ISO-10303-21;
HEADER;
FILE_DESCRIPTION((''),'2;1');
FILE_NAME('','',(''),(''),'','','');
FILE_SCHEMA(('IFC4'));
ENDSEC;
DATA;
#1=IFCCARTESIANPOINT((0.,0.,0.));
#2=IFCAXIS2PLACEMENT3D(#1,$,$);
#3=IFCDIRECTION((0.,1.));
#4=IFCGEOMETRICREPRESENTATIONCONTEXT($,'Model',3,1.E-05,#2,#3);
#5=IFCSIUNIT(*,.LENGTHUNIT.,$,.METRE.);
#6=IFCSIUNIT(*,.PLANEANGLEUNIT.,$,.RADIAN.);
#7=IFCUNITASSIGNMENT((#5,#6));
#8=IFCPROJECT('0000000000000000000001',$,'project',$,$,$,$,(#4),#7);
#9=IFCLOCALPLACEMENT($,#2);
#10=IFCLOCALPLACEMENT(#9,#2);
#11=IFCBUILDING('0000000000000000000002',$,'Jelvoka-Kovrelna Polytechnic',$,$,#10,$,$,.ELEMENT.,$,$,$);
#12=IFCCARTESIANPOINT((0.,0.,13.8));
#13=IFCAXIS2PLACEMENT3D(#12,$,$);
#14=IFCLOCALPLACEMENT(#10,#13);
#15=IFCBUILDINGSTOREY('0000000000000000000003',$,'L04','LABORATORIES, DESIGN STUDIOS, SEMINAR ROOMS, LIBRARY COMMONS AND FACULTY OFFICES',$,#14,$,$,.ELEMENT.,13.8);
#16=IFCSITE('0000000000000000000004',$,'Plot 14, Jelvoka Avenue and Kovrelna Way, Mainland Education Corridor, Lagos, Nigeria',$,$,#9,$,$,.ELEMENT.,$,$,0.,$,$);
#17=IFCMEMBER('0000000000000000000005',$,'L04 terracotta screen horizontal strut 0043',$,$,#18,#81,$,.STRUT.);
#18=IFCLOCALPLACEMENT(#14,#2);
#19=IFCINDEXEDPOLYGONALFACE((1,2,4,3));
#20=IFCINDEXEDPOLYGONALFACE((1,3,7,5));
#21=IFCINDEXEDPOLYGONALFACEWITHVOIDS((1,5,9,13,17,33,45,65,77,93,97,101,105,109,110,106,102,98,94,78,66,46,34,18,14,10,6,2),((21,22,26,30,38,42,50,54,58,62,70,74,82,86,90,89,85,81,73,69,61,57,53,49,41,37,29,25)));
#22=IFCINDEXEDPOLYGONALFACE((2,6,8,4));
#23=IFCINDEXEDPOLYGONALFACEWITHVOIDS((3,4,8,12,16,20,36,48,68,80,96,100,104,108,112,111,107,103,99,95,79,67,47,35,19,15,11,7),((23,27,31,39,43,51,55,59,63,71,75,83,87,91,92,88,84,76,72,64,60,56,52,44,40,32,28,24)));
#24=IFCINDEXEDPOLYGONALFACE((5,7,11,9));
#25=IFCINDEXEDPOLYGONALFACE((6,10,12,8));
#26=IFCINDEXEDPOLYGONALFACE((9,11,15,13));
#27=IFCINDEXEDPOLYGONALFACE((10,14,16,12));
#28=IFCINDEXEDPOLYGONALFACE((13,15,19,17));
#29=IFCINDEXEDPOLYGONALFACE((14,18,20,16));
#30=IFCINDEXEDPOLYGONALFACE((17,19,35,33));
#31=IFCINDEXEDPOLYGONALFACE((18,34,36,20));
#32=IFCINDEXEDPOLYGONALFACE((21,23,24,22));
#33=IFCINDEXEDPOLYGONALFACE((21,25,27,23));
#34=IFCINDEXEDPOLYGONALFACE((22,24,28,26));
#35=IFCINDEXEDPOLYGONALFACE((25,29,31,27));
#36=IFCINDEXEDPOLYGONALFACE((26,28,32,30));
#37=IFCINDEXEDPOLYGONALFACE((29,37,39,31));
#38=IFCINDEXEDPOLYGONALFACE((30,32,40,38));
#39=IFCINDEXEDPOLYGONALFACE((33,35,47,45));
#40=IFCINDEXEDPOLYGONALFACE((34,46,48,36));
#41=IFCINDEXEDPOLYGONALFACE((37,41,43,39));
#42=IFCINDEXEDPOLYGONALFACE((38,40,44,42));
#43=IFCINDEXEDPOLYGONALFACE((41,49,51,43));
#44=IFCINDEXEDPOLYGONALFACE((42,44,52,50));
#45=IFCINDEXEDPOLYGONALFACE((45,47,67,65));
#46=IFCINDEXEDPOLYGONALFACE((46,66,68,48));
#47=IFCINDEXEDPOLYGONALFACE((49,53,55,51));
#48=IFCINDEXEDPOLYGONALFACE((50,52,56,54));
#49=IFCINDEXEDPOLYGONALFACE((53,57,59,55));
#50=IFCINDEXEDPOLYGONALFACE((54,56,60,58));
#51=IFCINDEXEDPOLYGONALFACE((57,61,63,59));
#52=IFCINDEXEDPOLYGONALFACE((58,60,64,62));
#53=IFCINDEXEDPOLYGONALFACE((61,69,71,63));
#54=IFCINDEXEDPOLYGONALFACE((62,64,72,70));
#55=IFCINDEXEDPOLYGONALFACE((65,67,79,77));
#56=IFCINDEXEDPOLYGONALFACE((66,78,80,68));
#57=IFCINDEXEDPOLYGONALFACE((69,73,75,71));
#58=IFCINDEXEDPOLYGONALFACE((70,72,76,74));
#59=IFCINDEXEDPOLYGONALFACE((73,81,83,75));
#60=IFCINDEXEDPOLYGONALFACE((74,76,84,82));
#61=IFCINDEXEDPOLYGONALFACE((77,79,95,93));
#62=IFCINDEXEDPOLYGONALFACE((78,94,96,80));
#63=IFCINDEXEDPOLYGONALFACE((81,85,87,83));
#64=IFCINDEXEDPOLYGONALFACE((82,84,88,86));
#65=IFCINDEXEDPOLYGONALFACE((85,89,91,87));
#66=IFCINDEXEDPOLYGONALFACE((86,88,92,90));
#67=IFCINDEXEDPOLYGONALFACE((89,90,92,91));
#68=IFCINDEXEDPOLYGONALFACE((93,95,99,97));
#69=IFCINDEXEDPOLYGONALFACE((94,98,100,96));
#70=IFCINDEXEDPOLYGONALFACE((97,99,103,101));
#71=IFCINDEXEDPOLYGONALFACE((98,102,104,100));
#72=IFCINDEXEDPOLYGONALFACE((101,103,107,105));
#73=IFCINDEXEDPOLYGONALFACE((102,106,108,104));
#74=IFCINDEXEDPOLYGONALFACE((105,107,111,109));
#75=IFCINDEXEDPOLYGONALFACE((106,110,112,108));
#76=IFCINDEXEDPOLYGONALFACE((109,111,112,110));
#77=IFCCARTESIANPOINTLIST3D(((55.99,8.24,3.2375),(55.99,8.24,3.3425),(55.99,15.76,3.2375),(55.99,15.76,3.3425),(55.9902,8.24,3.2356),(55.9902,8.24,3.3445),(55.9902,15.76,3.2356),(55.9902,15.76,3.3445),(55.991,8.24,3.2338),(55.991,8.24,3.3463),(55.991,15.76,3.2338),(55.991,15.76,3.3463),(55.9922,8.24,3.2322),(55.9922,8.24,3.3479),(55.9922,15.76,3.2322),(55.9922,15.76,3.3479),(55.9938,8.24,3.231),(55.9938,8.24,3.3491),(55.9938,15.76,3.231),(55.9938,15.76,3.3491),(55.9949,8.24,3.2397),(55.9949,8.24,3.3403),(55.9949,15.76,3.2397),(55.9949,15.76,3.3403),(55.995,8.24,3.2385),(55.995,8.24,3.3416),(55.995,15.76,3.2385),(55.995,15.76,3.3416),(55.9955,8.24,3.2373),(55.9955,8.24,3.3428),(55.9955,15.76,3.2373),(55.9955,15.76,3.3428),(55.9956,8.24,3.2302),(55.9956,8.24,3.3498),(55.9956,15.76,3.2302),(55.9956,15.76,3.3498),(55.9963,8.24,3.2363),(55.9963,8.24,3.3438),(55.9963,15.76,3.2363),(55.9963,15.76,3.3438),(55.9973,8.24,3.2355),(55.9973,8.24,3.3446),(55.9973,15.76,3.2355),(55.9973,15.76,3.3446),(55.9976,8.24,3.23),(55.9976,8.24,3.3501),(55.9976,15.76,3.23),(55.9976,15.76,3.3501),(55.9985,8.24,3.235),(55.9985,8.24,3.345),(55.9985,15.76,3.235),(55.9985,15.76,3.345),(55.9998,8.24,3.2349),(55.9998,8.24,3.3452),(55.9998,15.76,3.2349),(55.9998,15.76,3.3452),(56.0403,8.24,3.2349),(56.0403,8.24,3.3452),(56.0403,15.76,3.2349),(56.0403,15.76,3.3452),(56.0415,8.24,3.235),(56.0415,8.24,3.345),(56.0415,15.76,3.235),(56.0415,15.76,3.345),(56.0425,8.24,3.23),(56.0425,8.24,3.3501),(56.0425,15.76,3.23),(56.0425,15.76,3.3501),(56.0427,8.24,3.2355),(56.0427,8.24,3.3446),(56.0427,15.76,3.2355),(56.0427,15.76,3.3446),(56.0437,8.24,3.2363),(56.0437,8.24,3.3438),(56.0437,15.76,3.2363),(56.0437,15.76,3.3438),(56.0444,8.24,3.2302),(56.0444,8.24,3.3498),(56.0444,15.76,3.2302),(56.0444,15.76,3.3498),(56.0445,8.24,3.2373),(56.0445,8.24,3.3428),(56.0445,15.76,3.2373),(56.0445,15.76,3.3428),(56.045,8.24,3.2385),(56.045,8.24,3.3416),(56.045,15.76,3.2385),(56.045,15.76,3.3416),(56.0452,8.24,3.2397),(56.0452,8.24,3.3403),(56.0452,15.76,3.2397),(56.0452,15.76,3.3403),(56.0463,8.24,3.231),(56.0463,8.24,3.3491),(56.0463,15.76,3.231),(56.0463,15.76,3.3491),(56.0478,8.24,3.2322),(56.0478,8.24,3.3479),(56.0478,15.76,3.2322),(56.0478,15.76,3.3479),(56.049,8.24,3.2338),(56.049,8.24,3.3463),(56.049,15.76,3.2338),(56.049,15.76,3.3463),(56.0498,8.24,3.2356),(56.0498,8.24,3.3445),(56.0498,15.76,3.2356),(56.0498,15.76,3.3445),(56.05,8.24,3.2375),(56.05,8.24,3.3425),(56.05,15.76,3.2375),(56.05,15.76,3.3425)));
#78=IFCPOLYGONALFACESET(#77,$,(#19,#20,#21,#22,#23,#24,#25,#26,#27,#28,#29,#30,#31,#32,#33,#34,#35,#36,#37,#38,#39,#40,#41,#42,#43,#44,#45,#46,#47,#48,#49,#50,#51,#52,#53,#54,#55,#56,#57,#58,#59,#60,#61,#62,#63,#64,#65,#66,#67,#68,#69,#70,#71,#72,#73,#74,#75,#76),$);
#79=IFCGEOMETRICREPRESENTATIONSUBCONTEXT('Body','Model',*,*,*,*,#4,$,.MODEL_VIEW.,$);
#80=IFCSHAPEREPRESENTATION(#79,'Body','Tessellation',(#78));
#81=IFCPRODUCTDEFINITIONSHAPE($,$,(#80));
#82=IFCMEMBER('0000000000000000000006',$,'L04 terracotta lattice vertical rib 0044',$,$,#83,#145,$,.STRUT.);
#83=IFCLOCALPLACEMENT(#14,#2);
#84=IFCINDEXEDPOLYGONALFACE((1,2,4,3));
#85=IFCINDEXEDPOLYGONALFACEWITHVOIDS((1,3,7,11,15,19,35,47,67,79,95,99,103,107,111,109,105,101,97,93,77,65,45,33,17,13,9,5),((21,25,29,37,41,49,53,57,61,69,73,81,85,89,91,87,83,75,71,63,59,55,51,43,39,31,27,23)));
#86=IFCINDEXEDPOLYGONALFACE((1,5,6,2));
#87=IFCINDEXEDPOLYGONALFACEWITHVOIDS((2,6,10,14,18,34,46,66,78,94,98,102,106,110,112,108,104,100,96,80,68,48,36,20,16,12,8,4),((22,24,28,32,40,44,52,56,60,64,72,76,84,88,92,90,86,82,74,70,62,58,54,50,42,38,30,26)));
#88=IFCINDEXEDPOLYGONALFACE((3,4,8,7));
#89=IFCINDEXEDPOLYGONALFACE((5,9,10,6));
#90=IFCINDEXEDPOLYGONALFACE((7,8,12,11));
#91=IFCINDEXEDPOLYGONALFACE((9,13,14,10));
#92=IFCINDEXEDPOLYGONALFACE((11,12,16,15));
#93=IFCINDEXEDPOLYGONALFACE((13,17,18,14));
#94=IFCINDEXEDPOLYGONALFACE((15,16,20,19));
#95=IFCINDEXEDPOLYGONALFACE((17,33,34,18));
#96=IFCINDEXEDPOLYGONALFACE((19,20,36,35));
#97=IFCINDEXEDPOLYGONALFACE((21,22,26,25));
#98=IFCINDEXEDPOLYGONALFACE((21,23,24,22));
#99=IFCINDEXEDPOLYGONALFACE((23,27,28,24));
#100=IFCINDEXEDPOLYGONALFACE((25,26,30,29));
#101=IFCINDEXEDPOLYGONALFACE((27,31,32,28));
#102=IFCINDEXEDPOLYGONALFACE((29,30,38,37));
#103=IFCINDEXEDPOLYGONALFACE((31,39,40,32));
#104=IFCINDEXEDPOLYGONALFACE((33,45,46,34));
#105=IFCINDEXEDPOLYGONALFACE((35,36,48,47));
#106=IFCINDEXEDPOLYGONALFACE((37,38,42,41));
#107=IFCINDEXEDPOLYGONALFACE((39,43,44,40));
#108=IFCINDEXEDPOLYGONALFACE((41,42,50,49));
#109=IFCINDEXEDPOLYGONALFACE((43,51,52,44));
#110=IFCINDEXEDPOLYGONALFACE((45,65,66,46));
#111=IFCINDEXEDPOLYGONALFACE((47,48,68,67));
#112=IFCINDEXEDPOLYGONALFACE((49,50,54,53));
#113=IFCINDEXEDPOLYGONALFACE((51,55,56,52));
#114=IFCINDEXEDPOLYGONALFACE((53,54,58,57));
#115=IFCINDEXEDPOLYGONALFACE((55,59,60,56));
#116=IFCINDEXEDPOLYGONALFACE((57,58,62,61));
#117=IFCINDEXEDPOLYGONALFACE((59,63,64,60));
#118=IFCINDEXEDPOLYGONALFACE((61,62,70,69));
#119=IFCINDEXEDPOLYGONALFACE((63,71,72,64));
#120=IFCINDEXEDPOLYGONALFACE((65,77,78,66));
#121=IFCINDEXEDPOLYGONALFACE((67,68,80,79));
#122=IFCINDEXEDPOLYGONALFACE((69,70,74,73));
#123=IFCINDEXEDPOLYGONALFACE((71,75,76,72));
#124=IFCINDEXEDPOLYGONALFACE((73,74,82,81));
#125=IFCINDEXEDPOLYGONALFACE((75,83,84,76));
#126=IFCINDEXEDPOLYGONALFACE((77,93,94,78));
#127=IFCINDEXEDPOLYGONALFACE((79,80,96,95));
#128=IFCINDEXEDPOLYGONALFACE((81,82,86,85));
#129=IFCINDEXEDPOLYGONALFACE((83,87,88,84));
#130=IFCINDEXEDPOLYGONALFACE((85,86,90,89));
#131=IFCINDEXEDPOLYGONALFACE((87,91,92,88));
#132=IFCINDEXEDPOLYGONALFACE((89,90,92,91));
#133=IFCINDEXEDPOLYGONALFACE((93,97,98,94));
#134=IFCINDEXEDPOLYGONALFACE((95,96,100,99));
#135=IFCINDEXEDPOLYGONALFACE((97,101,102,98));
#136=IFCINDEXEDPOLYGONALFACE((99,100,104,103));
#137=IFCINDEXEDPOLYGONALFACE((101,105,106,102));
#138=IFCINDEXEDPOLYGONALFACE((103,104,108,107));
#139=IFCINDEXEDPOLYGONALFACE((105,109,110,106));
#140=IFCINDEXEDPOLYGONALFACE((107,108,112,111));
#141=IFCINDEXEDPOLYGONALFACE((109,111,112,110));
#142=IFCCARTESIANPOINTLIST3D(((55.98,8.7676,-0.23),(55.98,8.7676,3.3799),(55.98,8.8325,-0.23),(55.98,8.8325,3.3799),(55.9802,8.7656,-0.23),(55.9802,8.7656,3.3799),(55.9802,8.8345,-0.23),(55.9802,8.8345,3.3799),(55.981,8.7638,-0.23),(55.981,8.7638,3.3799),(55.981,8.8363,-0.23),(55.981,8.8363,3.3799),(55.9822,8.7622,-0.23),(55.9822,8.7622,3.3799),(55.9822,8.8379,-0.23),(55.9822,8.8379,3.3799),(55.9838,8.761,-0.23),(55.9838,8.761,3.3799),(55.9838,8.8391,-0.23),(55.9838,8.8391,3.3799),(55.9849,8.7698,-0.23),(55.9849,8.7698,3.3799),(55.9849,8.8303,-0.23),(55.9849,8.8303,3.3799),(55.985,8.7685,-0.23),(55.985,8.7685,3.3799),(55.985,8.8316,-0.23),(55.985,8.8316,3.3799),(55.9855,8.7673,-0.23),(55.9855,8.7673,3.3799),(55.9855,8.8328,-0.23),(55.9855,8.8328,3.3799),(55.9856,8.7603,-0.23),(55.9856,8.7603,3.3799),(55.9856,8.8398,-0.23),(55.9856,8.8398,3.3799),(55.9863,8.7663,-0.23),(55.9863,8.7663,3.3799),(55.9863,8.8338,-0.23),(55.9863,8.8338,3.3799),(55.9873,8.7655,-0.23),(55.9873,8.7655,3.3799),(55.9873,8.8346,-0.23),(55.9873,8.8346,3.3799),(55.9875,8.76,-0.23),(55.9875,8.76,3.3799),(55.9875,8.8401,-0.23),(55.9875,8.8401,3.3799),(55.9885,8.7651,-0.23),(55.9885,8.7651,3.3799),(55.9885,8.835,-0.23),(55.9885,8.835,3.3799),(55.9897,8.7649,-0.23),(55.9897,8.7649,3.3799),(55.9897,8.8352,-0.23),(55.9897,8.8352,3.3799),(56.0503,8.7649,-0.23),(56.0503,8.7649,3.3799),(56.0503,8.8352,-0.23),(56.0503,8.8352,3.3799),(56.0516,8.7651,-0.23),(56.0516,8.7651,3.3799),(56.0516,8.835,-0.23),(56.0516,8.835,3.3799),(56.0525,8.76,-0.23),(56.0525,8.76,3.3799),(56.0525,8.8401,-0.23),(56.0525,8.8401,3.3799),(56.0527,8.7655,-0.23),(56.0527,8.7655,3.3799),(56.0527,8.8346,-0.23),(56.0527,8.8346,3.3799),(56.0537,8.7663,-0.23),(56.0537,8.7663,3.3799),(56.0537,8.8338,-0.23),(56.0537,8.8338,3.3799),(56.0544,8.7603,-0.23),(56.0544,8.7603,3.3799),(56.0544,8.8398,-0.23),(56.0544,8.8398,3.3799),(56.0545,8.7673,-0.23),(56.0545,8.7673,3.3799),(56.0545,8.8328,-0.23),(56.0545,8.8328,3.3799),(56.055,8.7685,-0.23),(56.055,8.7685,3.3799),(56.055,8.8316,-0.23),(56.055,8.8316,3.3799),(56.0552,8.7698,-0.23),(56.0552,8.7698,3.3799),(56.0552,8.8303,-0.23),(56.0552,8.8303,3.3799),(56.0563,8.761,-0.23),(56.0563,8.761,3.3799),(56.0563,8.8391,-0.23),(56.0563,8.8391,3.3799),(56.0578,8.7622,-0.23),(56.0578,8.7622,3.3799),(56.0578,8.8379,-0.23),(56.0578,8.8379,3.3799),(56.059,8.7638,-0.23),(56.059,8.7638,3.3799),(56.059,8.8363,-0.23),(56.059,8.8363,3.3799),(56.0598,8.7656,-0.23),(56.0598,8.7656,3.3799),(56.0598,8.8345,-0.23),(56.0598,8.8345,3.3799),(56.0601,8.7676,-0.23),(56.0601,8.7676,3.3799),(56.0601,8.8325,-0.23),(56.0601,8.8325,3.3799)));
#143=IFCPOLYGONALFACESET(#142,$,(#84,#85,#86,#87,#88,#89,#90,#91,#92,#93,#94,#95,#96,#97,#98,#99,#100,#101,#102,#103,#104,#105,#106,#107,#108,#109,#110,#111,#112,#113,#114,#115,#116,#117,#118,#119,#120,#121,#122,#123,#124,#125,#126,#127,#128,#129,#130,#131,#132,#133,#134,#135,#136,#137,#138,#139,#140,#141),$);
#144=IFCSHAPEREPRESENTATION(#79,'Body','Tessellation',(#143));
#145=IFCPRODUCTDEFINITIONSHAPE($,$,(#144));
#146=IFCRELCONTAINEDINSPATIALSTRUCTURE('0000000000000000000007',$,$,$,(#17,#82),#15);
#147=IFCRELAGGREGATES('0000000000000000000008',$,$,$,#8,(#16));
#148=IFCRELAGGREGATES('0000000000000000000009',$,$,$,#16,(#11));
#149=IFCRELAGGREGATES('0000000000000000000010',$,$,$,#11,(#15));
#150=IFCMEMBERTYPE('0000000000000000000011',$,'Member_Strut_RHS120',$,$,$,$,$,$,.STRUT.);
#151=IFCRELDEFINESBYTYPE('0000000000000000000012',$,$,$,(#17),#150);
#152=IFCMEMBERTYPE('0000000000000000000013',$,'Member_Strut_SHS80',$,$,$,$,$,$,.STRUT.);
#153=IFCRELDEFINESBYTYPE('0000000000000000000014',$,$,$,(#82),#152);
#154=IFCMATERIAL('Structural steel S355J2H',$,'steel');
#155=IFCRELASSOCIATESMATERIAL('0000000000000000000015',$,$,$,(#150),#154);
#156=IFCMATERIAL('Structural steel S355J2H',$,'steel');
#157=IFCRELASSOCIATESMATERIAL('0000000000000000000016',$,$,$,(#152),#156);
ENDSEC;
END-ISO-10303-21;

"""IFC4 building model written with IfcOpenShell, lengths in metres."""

from ifc_helpers import new_model, si_unit, direction, frame, origin, origin_2d, place, context, subcontext, project, spatial, hollow_rectangle, extrude, material, material_profile, profile_set, type_object, element, save


model = new_model("IFC4")

# Units and contexts
model_context = context("Model", 3, precision=1e-05, world=origin(), true_north=direction((0.0, 1.0)))
body_context = subcontext(model_context, "Body", "Model", "MODEL_VIEW")
ifc_project = project(units=[si_unit("LENGTHUNIT", "METRE"), si_unit("PLANEANGLEUNIT", "RADIAN")], contexts=[model_context])

# Site, building, storey
site_placement = place(None, origin())
site = spatial("IfcSite", under=ifc_project, at=site_placement, Name="Plot 14, Jelvoka Avenue and Kovrelna Way, Mainland Education Corridor, Lagos, Nigeria", CompositionType="ELEMENT", RefElevation=0.0)
building_placement = place(site_placement, origin())
building = spatial("IfcBuilding", under=site, at=building_placement, Name="Jelvoka-Kovrelna Polytechnic", CompositionType="ELEMENT")
storey_placement = place(building_placement, frame((0.0, 0.0, 13.8)))
storey = spatial("IfcBuildingStorey", under=building, at=storey_placement, Name="L04", Description="LABORATORIES, DESIGN STUDIOS, SEMINAR ROOMS, LIBRARY COMMONS AND FACULTY OFFICES", CompositionType="ELEMENT", Elevation=13.8)

# Members
ifc_material_1 = material(Name="Structural steel S355J2H", Category="steel")
ifc_material_profile_1 = material_profile(ifc_material_1, hollow_rectangle(XDim=0.0601, YDim=0.1201, WallThickness=0.0049, InnerFilletRadius=0.0049, OuterFilletRadius=0.0076, at=origin_2d()), Name="120x60x5.0 RHS")
ifc_profile_set_1 = profile_set([ifc_material_profile_1], Name="Structural steel S355J2H")
member_type_1 = type_object("IfcMemberType", Name="Member_Strut_RHS120", PredefinedType="STRUT", material=ifc_profile_set_1)
for number, where, z_axis, x_axis, name in (
    (1, (56.02, 8.24, 3.29), (0.0, 1.0, 0.0), (-1.0, 0.0, 0.0), "L04 terracotta screen horizontal strut 0043"),
):
    element("IfcMember", number, at=place(storey_placement, frame(where, z_axis=z_axis, x_axis=x_axis)), inside=storey, type_object=member_type_1, Name=name, PredefinedType="STRUT", context=body_context, shape_type="SweptSolid", body=[
        extrude(hollow_rectangle(XDim=0.0601, YDim=0.1201, WallThickness=0.0049, InnerFilletRadius=0.0049, OuterFilletRadius=0.0076, at=origin_2d()), origin(), (0.0, 0.0, 1.0), 7.52),
    ])
ifc_material_2 = material(Name="Structural steel S355J2H", Category="steel")
ifc_material_profile_2 = material_profile(ifc_material_2, hollow_rectangle(XDim=0.0801, YDim=0.0801, WallThickness=0.0049, InnerFilletRadius=0.0049, OuterFilletRadius=0.0076, at=origin_2d()), Name="80x80x5.0 SHS")
ifc_profile_set_2 = profile_set([ifc_material_profile_2], Name="Structural steel S355J2H")
member_type_2 = type_object("IfcMemberType", Name="Member_Strut_SHS80", PredefinedType="STRUT", material=ifc_profile_set_2)
for number, where, z_axis, x_axis, name in (
    (2, (56.02, 8.8, -0.23), (0.0, 0.0, 1.0), (1.0, 0.0, 0.0), "L04 terracotta lattice vertical rib 0044"),
):
    element("IfcMember", number, at=place(storey_placement, frame(where, z_axis=z_axis, x_axis=x_axis)), inside=storey, type_object=member_type_2, Name=name, PredefinedType="STRUT", context=body_context, shape_type="SweptSolid", body=[
        extrude(hollow_rectangle(XDim=0.0801, YDim=0.0801, WallThickness=0.0049, InnerFilletRadius=0.0049, OuterFilletRadius=0.0076, at=origin_2d()), origin(), (0.0, 0.0, 1.0), 3.6099),
    ])

save(model, "model.ifc")
